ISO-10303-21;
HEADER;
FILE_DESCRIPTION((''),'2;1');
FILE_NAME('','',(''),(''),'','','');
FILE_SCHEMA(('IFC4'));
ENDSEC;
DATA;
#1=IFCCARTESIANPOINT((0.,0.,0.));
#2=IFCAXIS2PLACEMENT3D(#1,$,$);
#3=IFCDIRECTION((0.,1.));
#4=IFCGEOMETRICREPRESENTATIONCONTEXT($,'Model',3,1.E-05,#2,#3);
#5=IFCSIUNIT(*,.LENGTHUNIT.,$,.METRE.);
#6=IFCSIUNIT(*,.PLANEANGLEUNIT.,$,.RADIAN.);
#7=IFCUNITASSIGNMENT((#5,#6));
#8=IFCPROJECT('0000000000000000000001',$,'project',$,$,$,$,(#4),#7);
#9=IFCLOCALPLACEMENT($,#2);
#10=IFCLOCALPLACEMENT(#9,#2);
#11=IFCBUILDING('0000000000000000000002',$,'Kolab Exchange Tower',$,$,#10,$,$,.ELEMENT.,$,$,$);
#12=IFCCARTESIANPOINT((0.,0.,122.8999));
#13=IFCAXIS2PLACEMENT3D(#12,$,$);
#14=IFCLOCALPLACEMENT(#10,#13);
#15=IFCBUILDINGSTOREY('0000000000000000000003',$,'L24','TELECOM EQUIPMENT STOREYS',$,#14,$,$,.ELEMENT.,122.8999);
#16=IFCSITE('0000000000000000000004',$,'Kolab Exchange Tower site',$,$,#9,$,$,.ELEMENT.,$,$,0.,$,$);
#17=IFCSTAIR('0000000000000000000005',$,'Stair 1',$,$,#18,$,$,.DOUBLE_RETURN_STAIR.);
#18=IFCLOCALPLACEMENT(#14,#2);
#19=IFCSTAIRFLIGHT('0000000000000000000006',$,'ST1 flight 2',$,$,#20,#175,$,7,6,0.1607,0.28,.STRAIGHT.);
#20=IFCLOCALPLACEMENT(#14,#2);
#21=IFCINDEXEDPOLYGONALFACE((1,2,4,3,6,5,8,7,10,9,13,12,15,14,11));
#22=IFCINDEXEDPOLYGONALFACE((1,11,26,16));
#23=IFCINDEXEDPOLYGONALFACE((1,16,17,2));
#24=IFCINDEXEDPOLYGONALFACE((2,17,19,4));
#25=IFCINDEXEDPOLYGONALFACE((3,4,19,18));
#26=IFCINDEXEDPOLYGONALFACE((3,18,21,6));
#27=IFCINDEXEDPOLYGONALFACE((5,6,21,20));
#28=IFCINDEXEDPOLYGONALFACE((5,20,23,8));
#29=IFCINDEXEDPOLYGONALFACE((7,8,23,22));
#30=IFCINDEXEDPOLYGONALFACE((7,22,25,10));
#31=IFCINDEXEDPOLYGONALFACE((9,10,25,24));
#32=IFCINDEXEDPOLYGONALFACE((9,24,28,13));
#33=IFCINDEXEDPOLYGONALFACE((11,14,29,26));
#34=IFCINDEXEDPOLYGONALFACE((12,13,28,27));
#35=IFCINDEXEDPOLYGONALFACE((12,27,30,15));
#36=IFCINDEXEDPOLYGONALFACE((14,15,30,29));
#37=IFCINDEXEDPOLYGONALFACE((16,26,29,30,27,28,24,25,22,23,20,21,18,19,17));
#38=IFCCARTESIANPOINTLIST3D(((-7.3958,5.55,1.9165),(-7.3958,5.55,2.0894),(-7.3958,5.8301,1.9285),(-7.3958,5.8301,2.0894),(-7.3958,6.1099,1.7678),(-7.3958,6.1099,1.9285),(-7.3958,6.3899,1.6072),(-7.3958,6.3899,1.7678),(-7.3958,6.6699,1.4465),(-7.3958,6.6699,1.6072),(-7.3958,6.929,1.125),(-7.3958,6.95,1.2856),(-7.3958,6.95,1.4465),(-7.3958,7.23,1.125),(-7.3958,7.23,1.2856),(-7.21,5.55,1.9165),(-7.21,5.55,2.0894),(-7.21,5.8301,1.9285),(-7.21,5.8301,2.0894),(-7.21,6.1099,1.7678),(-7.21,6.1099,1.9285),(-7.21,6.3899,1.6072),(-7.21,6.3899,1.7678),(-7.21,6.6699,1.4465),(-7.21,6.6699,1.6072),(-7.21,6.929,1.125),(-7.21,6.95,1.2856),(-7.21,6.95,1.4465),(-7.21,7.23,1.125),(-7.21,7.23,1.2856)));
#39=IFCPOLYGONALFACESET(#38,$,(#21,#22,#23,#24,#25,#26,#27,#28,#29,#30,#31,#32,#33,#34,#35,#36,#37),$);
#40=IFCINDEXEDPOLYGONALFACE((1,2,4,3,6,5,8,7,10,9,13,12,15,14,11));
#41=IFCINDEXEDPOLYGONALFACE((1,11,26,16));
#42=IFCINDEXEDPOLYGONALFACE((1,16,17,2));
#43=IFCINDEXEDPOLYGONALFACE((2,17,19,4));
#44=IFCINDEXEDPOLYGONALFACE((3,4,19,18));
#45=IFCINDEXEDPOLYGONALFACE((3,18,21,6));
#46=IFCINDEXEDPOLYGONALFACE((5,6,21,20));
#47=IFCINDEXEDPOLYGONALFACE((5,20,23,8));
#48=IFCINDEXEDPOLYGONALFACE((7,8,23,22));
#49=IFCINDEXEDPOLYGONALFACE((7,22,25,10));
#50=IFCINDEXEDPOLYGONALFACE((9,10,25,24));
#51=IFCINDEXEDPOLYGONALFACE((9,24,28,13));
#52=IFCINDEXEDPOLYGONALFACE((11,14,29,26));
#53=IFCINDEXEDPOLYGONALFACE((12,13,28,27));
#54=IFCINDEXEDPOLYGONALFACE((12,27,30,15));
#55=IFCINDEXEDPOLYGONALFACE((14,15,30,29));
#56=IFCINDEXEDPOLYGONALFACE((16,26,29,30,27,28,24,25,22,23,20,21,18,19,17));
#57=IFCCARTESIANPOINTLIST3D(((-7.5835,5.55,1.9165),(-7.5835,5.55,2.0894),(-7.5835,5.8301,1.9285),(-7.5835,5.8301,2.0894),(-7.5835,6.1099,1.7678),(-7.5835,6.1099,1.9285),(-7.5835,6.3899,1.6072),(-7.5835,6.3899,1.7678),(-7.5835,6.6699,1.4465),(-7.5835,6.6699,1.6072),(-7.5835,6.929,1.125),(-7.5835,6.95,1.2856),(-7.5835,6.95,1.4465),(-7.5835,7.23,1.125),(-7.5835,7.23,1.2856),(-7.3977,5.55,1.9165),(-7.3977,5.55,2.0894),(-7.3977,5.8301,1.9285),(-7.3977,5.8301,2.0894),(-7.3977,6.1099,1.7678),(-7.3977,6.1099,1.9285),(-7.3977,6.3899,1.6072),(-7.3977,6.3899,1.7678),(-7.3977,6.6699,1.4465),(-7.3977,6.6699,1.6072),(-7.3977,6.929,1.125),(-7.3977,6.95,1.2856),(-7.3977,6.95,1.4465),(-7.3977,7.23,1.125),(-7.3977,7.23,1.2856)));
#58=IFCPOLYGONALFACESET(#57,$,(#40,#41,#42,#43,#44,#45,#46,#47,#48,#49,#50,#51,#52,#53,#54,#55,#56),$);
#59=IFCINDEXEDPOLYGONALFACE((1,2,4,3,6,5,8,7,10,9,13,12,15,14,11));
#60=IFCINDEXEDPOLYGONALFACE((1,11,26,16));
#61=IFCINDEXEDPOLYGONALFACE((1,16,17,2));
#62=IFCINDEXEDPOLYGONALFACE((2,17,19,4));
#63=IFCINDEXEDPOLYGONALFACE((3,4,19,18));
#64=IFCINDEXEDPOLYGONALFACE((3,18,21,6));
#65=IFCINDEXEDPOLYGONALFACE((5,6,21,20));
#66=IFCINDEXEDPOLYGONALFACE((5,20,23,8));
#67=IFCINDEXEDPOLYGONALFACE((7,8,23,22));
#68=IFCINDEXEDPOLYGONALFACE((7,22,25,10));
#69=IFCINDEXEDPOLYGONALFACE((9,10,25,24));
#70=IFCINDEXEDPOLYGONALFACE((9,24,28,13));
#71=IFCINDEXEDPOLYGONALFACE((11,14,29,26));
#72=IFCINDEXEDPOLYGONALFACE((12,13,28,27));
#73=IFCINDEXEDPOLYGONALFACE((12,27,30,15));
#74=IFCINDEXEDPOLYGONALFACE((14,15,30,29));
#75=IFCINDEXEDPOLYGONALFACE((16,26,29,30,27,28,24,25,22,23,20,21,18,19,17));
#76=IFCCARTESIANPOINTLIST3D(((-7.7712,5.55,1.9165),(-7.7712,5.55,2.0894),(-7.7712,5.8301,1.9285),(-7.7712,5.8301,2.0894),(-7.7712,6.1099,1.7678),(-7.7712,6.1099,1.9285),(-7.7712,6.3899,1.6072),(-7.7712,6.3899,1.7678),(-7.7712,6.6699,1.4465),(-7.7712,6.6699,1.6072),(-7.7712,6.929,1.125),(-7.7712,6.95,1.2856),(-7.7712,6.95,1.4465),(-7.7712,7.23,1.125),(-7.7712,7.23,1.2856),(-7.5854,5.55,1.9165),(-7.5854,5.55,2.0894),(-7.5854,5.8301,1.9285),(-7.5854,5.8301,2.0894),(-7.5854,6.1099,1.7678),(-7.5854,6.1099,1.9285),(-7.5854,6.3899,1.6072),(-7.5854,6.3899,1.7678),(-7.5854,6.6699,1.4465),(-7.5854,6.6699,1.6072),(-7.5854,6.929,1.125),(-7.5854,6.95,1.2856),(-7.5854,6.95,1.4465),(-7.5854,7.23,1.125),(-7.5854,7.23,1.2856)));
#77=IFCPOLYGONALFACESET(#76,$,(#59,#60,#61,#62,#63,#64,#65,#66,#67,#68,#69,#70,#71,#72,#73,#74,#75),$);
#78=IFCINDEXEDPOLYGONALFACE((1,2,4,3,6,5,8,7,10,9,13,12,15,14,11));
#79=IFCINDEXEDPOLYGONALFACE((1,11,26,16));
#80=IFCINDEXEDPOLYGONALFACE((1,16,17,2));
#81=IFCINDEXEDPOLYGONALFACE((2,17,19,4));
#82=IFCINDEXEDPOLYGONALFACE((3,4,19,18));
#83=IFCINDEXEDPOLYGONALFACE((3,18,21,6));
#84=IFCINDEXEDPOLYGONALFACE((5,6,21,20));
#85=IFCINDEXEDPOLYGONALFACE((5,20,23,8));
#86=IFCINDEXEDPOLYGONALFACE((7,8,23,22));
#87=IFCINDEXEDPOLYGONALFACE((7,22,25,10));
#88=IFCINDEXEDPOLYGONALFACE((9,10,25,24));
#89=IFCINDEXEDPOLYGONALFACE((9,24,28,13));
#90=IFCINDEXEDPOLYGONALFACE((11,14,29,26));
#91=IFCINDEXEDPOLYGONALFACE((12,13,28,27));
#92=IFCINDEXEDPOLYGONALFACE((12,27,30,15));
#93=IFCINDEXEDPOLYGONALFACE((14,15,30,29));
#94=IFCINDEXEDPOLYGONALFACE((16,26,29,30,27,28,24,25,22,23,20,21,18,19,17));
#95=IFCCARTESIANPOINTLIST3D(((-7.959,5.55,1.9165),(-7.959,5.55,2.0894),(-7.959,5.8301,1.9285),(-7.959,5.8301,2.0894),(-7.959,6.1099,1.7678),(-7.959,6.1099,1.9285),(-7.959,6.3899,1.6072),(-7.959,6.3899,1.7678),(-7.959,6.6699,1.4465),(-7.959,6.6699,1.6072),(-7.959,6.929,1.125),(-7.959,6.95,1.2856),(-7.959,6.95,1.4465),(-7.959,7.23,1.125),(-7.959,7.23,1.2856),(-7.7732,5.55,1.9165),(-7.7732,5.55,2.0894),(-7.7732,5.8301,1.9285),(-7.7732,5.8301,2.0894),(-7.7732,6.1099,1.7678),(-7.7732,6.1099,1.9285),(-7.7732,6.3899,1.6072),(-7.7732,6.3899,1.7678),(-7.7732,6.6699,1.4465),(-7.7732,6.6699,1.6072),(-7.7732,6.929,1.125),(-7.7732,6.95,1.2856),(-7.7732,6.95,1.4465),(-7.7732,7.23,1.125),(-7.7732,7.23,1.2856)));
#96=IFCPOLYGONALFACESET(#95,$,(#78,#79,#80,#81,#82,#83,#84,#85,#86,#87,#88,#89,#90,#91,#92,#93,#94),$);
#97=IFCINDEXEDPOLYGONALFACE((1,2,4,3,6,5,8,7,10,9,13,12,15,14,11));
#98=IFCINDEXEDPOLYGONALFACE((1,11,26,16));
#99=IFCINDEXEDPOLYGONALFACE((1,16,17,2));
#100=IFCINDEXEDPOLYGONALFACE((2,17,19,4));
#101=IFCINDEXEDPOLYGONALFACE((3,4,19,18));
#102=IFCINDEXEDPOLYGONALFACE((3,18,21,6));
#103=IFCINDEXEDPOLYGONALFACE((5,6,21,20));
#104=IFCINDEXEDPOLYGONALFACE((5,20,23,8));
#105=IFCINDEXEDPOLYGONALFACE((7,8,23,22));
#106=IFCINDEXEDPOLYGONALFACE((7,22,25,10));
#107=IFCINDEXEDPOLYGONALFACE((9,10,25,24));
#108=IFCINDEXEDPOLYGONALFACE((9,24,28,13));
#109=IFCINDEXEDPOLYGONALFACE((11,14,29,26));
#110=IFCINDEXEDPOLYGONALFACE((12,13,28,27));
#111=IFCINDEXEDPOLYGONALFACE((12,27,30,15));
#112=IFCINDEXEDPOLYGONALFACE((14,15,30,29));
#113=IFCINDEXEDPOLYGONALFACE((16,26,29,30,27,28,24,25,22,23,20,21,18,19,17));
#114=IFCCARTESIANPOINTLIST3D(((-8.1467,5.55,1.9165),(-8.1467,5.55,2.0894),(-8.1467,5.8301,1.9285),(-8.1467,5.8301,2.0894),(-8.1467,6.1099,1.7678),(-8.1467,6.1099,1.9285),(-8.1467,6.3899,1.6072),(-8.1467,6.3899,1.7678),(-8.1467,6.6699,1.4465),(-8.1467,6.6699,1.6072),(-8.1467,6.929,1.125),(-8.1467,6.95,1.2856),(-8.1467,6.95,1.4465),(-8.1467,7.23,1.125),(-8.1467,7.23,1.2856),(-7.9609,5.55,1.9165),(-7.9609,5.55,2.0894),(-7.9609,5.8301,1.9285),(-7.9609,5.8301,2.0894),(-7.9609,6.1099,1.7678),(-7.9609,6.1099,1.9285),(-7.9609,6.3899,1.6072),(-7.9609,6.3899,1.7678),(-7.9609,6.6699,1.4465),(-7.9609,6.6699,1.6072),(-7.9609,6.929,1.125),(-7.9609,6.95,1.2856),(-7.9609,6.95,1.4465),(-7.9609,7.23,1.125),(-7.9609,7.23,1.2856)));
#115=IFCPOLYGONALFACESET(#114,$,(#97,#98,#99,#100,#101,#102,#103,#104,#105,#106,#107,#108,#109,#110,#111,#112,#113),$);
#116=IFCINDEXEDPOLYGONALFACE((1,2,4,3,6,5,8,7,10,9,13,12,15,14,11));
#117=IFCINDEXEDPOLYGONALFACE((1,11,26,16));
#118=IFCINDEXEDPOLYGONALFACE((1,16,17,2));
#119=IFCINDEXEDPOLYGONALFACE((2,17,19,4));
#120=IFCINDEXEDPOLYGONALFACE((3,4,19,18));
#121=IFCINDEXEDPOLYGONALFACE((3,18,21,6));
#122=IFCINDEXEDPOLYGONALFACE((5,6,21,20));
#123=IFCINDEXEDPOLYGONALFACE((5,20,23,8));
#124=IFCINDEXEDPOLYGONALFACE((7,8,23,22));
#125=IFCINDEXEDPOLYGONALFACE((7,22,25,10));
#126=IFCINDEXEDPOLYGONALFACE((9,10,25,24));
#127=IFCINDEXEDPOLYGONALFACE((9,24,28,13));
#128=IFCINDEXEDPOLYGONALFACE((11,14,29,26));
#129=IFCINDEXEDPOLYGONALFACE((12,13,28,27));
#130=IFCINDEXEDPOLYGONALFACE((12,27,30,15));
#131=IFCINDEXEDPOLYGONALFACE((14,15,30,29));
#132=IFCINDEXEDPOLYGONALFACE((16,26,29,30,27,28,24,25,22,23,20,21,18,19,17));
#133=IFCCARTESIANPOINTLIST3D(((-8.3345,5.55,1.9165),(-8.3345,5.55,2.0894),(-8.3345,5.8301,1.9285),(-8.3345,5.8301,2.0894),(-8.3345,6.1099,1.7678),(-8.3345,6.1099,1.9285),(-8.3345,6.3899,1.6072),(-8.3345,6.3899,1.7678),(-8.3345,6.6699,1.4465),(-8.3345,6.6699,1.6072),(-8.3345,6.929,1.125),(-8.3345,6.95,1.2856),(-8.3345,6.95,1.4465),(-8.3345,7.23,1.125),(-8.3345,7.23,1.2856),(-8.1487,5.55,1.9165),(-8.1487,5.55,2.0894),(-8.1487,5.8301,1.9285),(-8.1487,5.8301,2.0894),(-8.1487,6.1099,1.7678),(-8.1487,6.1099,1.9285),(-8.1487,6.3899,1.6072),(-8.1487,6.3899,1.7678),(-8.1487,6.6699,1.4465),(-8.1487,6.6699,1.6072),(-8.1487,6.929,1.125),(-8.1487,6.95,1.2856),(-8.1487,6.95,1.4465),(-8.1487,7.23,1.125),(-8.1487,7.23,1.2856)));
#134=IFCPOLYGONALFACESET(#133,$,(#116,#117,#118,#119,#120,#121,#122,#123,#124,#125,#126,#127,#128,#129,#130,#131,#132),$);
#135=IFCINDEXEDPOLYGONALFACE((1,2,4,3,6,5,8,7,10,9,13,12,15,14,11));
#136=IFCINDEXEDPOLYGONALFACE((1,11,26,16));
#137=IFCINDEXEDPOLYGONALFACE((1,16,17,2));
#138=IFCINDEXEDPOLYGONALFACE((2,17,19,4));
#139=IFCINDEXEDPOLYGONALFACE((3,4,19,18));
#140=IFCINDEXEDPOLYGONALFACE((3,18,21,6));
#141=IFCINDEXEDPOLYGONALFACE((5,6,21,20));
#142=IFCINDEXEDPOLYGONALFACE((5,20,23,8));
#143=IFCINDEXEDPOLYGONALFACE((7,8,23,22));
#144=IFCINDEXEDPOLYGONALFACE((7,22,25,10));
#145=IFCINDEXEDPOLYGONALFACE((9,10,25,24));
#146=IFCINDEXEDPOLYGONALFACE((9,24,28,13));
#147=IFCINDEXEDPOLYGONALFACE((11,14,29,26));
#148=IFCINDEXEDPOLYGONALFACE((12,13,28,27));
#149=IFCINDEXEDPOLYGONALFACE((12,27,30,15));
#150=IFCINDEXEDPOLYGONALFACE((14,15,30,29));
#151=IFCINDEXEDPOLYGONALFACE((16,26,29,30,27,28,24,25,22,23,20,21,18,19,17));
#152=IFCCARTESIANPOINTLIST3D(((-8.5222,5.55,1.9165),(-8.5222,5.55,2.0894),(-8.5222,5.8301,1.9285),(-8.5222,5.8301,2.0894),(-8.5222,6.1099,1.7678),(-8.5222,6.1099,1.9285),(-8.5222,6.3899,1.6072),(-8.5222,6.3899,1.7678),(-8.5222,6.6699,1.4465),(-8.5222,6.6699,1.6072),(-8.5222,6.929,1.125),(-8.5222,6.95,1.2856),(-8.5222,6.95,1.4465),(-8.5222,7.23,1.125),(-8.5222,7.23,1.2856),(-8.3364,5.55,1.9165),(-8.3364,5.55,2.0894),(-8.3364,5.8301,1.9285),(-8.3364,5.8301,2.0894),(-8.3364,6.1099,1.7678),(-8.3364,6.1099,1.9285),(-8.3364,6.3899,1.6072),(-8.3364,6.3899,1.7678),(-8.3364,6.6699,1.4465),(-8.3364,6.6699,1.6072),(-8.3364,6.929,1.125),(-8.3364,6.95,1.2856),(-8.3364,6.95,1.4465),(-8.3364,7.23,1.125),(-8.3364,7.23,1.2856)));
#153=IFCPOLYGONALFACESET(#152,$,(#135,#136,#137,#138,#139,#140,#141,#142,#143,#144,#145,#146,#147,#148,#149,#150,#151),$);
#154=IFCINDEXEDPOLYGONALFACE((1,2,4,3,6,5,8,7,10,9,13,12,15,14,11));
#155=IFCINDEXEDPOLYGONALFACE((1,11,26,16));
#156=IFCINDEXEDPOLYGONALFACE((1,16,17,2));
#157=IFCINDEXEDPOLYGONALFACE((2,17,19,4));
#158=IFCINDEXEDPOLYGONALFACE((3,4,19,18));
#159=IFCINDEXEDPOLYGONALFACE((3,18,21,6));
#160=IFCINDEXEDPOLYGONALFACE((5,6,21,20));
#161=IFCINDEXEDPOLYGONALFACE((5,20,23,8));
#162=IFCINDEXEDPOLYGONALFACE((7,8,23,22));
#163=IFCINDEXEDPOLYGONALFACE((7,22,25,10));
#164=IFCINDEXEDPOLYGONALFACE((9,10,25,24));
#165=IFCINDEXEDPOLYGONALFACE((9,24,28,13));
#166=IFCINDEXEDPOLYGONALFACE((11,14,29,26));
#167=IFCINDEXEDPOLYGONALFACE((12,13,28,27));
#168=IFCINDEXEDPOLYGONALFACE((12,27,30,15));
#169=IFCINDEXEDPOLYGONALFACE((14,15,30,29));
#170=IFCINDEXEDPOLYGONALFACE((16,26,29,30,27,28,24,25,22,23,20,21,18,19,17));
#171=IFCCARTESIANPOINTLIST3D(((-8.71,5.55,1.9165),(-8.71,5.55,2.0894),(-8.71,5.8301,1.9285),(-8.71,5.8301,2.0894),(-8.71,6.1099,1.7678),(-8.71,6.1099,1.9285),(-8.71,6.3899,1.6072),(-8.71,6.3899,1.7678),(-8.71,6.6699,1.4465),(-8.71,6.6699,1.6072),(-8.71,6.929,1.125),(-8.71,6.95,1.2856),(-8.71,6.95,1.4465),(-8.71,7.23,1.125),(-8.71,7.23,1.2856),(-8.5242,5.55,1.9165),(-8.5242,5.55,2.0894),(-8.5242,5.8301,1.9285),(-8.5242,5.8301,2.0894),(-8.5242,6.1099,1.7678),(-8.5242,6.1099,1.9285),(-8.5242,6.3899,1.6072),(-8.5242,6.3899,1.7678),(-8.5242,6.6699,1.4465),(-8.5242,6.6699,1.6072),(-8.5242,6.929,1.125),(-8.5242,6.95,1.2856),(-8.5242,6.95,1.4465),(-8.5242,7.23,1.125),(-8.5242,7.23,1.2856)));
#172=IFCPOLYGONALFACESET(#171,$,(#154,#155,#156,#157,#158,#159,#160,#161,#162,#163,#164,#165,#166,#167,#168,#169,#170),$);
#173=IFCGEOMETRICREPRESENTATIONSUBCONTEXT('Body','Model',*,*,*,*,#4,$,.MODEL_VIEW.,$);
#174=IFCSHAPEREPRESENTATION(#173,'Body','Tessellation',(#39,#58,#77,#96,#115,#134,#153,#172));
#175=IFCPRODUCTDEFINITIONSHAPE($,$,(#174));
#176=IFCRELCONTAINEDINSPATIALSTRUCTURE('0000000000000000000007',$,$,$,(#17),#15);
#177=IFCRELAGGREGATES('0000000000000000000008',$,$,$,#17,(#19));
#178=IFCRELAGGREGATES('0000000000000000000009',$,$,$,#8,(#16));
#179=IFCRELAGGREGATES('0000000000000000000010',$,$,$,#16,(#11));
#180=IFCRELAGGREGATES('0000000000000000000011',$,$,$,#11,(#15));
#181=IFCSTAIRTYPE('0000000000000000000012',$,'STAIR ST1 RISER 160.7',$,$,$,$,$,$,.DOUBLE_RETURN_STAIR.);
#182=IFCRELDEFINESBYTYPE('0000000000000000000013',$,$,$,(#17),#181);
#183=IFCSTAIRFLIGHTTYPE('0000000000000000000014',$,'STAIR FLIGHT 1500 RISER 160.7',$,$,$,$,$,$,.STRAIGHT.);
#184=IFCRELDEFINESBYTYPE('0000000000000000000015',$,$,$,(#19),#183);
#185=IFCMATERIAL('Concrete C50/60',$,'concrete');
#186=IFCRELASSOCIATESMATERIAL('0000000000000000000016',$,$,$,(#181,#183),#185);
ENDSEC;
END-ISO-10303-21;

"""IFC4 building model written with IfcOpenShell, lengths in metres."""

from ifc_helpers import new_model, si_unit, direction, frame, origin, place, context, subcontext, project, spatial, polyline, outline, extrude, material, type_object, element, aggregate, save


model = new_model("IFC4")

# Units and contexts
model_context = context("Model", 3, precision=1e-05, world=origin(), true_north=direction((0.0, 1.0)))
body_context = subcontext(model_context, "Body", "Model", "MODEL_VIEW")
ifc_project = project(units=[si_unit("LENGTHUNIT", "METRE"), si_unit("PLANEANGLEUNIT", "RADIAN")], contexts=[model_context])

# Site, building, storey
site_placement = place(None, origin())
site = spatial("IfcSite", under=ifc_project, at=site_placement, Name="Kolab Exchange Tower site", CompositionType="ELEMENT", RefElevation=0.0)
building_placement = place(site_placement, origin())
building = spatial("IfcBuilding", under=site, at=building_placement, Name="Kolab Exchange Tower", CompositionType="ELEMENT")
storey_placement = place(building_placement, frame((0.0, 0.0, 122.8999)))
storey = spatial("IfcBuildingStorey", under=building, at=storey_placement, Name="L24", Description="TELECOM EQUIPMENT STOREYS", CompositionType="ELEMENT", Elevation=122.8999)

# Shared definitions
ifc_material_1 = material(Name="Concrete C50/60", Category="concrete")

# Stair, stair flight
stair_type = type_object("IfcStairType", Name="STAIR ST1 RISER 160.7", PredefinedType="DOUBLE_RETURN_STAIR", material=ifc_material_1)
stair_placement = place(storey_placement, origin())
stair = element("IfcStair", 1, at=stair_placement, inside=storey, type_object=stair_type, Name="Stair 1", PredefinedType="DOUBLE_RETURN_STAIR")
stair_flight_type = type_object("IfcStairFlightType", Name="STAIR FLIGHT 1500 RISER 160.7", PredefinedType="STRAIGHT", material=ifc_material_1)
stair_flight_1_placement = place(storey_placement, frame((-7.96, 7.23, 1.125), z_axis=(0.0, 0.0, 1.0), x_axis=(0.0, -1.0, 0.0)))
stair_flight_1 = element("IfcStairFlight", 2, at=stair_flight_1_placement, type_object=stair_flight_type, Name="ST1 flight 2", NumberOfRisers=7, NumberOfTreads=6, PredefinedType="STRAIGHT", RiserHeight=0.1607, TreadLength=0.28, context=body_context, shape_type="SweptSolid", body=[
    extrude(outline(polyline([(0.0, 0.0), (0.0, 0.1606), (0.28, 0.1606), (0.28, 0.3215), (0.5601, 0.3215), (0.5601, 0.4822), (0.8401, 0.4822), (0.8401, 0.6428), (1.1201, 0.6428), (1.1201, 0.8035), (1.3999, 0.8035), (1.3999, 0.9644), (1.6799, 0.9644), (1.6799, 1.125), (1.6799, 0.7915), (0.301, 0.0), (0.0, 0.0)])), frame((0.0, 0.75, 0.0), z_axis=(0.0, -1.0, 0.0), x_axis=(1.0, 0.0, 0.0)), (0.0, 0.0, 1.0), 0.1858),
    extrude(outline(polyline([(0.0, 0.0), (0.0, 0.1606), (0.28, 0.1606), (0.28, 0.3215), (0.5601, 0.3215), (0.5601, 0.4822), (0.8401, 0.4822), (0.8401, 0.6428), (1.1201, 0.6428), (1.1201, 0.8035), (1.3999, 0.8035), (1.3999, 0.9644), (1.6799, 0.9644), (1.6799, 1.125), (1.6799, 0.7915), (0.301, 0.0), (0.0, 0.0)])), frame((0.0, 0.5623, 0.0), z_axis=(0.0, -1.0, 0.0), x_axis=(1.0, 0.0, 0.0)), (0.0, 0.0, 1.0), 0.1858),
    extrude(outline(polyline([(0.0, 0.0), (0.0, 0.1606), (0.28, 0.1606), (0.28, 0.3215), (0.5601, 0.3215), (0.5601, 0.4822), (0.8401, 0.4822), (0.8401, 0.6428), (1.1201, 0.6428), (1.1201, 0.8035), (1.3999, 0.8035), (1.3999, 0.9644), (1.6799, 0.9644), (1.6799, 1.125), (1.6799, 0.7915), (0.301, 0.0), (0.0, 0.0)])), frame((0.0, 0.3745, 0.0), z_axis=(0.0, -1.0, 0.0), x_axis=(1.0, 0.0, 0.0)), (0.0, 0.0, 1.0), 0.1858),
    extrude(outline(polyline([(0.0, 0.0), (0.0, 0.1606), (0.28, 0.1606), (0.28, 0.3215), (0.5601, 0.3215), (0.5601, 0.4822), (0.8401, 0.4822), (0.8401, 0.6428), (1.1201, 0.6428), (1.1201, 0.8035), (1.3999, 0.8035), (1.3999, 0.9644), (1.6799, 0.9644), (1.6799, 1.125), (1.6799, 0.7915), (0.301, 0.0), (0.0, 0.0)])), frame((0.0, 0.1868, 0.0), z_axis=(0.0, -1.0, 0.0), x_axis=(1.0, 0.0, 0.0)), (0.0, 0.0, 1.0), 0.1858),
    extrude(outline(polyline([(0.0, 0.0), (0.0, 0.1606), (0.28, 0.1606), (0.28, 0.3215), (0.5601, 0.3215), (0.5601, 0.4822), (0.8401, 0.4822), (0.8401, 0.6428), (1.1201, 0.6428), (1.1201, 0.8035), (1.3999, 0.8035), (1.3999, 0.9644), (1.6799, 0.9644), (1.6799, 1.125), (1.6799, 0.7915), (0.301, 0.0), (0.0, 0.0)])), frame((0.0, -0.001, 0.0), z_axis=(0.0, -1.0, 0.0), x_axis=(1.0, 0.0, 0.0)), (0.0, 0.0, 1.0), 0.1858),
    extrude(outline(polyline([(0.0, 0.0), (0.0, 0.1606), (0.28, 0.1606), (0.28, 0.3215), (0.5601, 0.3215), (0.5601, 0.4822), (0.8401, 0.4822), (0.8401, 0.6428), (1.1201, 0.6428), (1.1201, 0.8035), (1.3999, 0.8035), (1.3999, 0.9644), (1.6799, 0.9644), (1.6799, 1.125), (1.6799, 0.7915), (0.301, 0.0), (0.0, 0.0)])), frame((0.0, -0.1887, 0.0), z_axis=(0.0, -1.0, 0.0), x_axis=(1.0, 0.0, 0.0)), (0.0, 0.0, 1.0), 0.1858),
    extrude(outline(polyline([(0.0, 0.0), (0.0, 0.1606), (0.28, 0.1606), (0.28, 0.3215), (0.5601, 0.3215), (0.5601, 0.4822), (0.8401, 0.4822), (0.8401, 0.6428), (1.1201, 0.6428), (1.1201, 0.8035), (1.3999, 0.8035), (1.3999, 0.9644), (1.6799, 0.9644), (1.6799, 1.125), (1.6799, 0.7915), (0.301, 0.0), (0.0, 0.0)])), frame((0.0, -0.3765, 0.0), z_axis=(0.0, -1.0, 0.0), x_axis=(1.0, 0.0, 0.0)), (0.0, 0.0, 1.0), 0.1858),
    extrude(outline(polyline([(0.0, 0.0), (0.0, 0.1606), (0.28, 0.1606), (0.28, 0.3215), (0.5601, 0.3215), (0.5601, 0.4822), (0.8401, 0.4822), (0.8401, 0.6428), (1.1201, 0.6428), (1.1201, 0.8035), (1.3999, 0.8035), (1.3999, 0.9644), (1.6799, 0.9644), (1.6799, 1.125), (1.6799, 0.7915), (0.301, 0.0), (0.0, 0.0)])), frame((0.0, -0.5642, 0.0), z_axis=(0.0, -1.0, 0.0), x_axis=(1.0, 0.0, 0.0)), (0.0, 0.0, 1.0), 0.1858),
])
aggregate(stair, [stair_flight_1])

save(model, "model.ifc")
